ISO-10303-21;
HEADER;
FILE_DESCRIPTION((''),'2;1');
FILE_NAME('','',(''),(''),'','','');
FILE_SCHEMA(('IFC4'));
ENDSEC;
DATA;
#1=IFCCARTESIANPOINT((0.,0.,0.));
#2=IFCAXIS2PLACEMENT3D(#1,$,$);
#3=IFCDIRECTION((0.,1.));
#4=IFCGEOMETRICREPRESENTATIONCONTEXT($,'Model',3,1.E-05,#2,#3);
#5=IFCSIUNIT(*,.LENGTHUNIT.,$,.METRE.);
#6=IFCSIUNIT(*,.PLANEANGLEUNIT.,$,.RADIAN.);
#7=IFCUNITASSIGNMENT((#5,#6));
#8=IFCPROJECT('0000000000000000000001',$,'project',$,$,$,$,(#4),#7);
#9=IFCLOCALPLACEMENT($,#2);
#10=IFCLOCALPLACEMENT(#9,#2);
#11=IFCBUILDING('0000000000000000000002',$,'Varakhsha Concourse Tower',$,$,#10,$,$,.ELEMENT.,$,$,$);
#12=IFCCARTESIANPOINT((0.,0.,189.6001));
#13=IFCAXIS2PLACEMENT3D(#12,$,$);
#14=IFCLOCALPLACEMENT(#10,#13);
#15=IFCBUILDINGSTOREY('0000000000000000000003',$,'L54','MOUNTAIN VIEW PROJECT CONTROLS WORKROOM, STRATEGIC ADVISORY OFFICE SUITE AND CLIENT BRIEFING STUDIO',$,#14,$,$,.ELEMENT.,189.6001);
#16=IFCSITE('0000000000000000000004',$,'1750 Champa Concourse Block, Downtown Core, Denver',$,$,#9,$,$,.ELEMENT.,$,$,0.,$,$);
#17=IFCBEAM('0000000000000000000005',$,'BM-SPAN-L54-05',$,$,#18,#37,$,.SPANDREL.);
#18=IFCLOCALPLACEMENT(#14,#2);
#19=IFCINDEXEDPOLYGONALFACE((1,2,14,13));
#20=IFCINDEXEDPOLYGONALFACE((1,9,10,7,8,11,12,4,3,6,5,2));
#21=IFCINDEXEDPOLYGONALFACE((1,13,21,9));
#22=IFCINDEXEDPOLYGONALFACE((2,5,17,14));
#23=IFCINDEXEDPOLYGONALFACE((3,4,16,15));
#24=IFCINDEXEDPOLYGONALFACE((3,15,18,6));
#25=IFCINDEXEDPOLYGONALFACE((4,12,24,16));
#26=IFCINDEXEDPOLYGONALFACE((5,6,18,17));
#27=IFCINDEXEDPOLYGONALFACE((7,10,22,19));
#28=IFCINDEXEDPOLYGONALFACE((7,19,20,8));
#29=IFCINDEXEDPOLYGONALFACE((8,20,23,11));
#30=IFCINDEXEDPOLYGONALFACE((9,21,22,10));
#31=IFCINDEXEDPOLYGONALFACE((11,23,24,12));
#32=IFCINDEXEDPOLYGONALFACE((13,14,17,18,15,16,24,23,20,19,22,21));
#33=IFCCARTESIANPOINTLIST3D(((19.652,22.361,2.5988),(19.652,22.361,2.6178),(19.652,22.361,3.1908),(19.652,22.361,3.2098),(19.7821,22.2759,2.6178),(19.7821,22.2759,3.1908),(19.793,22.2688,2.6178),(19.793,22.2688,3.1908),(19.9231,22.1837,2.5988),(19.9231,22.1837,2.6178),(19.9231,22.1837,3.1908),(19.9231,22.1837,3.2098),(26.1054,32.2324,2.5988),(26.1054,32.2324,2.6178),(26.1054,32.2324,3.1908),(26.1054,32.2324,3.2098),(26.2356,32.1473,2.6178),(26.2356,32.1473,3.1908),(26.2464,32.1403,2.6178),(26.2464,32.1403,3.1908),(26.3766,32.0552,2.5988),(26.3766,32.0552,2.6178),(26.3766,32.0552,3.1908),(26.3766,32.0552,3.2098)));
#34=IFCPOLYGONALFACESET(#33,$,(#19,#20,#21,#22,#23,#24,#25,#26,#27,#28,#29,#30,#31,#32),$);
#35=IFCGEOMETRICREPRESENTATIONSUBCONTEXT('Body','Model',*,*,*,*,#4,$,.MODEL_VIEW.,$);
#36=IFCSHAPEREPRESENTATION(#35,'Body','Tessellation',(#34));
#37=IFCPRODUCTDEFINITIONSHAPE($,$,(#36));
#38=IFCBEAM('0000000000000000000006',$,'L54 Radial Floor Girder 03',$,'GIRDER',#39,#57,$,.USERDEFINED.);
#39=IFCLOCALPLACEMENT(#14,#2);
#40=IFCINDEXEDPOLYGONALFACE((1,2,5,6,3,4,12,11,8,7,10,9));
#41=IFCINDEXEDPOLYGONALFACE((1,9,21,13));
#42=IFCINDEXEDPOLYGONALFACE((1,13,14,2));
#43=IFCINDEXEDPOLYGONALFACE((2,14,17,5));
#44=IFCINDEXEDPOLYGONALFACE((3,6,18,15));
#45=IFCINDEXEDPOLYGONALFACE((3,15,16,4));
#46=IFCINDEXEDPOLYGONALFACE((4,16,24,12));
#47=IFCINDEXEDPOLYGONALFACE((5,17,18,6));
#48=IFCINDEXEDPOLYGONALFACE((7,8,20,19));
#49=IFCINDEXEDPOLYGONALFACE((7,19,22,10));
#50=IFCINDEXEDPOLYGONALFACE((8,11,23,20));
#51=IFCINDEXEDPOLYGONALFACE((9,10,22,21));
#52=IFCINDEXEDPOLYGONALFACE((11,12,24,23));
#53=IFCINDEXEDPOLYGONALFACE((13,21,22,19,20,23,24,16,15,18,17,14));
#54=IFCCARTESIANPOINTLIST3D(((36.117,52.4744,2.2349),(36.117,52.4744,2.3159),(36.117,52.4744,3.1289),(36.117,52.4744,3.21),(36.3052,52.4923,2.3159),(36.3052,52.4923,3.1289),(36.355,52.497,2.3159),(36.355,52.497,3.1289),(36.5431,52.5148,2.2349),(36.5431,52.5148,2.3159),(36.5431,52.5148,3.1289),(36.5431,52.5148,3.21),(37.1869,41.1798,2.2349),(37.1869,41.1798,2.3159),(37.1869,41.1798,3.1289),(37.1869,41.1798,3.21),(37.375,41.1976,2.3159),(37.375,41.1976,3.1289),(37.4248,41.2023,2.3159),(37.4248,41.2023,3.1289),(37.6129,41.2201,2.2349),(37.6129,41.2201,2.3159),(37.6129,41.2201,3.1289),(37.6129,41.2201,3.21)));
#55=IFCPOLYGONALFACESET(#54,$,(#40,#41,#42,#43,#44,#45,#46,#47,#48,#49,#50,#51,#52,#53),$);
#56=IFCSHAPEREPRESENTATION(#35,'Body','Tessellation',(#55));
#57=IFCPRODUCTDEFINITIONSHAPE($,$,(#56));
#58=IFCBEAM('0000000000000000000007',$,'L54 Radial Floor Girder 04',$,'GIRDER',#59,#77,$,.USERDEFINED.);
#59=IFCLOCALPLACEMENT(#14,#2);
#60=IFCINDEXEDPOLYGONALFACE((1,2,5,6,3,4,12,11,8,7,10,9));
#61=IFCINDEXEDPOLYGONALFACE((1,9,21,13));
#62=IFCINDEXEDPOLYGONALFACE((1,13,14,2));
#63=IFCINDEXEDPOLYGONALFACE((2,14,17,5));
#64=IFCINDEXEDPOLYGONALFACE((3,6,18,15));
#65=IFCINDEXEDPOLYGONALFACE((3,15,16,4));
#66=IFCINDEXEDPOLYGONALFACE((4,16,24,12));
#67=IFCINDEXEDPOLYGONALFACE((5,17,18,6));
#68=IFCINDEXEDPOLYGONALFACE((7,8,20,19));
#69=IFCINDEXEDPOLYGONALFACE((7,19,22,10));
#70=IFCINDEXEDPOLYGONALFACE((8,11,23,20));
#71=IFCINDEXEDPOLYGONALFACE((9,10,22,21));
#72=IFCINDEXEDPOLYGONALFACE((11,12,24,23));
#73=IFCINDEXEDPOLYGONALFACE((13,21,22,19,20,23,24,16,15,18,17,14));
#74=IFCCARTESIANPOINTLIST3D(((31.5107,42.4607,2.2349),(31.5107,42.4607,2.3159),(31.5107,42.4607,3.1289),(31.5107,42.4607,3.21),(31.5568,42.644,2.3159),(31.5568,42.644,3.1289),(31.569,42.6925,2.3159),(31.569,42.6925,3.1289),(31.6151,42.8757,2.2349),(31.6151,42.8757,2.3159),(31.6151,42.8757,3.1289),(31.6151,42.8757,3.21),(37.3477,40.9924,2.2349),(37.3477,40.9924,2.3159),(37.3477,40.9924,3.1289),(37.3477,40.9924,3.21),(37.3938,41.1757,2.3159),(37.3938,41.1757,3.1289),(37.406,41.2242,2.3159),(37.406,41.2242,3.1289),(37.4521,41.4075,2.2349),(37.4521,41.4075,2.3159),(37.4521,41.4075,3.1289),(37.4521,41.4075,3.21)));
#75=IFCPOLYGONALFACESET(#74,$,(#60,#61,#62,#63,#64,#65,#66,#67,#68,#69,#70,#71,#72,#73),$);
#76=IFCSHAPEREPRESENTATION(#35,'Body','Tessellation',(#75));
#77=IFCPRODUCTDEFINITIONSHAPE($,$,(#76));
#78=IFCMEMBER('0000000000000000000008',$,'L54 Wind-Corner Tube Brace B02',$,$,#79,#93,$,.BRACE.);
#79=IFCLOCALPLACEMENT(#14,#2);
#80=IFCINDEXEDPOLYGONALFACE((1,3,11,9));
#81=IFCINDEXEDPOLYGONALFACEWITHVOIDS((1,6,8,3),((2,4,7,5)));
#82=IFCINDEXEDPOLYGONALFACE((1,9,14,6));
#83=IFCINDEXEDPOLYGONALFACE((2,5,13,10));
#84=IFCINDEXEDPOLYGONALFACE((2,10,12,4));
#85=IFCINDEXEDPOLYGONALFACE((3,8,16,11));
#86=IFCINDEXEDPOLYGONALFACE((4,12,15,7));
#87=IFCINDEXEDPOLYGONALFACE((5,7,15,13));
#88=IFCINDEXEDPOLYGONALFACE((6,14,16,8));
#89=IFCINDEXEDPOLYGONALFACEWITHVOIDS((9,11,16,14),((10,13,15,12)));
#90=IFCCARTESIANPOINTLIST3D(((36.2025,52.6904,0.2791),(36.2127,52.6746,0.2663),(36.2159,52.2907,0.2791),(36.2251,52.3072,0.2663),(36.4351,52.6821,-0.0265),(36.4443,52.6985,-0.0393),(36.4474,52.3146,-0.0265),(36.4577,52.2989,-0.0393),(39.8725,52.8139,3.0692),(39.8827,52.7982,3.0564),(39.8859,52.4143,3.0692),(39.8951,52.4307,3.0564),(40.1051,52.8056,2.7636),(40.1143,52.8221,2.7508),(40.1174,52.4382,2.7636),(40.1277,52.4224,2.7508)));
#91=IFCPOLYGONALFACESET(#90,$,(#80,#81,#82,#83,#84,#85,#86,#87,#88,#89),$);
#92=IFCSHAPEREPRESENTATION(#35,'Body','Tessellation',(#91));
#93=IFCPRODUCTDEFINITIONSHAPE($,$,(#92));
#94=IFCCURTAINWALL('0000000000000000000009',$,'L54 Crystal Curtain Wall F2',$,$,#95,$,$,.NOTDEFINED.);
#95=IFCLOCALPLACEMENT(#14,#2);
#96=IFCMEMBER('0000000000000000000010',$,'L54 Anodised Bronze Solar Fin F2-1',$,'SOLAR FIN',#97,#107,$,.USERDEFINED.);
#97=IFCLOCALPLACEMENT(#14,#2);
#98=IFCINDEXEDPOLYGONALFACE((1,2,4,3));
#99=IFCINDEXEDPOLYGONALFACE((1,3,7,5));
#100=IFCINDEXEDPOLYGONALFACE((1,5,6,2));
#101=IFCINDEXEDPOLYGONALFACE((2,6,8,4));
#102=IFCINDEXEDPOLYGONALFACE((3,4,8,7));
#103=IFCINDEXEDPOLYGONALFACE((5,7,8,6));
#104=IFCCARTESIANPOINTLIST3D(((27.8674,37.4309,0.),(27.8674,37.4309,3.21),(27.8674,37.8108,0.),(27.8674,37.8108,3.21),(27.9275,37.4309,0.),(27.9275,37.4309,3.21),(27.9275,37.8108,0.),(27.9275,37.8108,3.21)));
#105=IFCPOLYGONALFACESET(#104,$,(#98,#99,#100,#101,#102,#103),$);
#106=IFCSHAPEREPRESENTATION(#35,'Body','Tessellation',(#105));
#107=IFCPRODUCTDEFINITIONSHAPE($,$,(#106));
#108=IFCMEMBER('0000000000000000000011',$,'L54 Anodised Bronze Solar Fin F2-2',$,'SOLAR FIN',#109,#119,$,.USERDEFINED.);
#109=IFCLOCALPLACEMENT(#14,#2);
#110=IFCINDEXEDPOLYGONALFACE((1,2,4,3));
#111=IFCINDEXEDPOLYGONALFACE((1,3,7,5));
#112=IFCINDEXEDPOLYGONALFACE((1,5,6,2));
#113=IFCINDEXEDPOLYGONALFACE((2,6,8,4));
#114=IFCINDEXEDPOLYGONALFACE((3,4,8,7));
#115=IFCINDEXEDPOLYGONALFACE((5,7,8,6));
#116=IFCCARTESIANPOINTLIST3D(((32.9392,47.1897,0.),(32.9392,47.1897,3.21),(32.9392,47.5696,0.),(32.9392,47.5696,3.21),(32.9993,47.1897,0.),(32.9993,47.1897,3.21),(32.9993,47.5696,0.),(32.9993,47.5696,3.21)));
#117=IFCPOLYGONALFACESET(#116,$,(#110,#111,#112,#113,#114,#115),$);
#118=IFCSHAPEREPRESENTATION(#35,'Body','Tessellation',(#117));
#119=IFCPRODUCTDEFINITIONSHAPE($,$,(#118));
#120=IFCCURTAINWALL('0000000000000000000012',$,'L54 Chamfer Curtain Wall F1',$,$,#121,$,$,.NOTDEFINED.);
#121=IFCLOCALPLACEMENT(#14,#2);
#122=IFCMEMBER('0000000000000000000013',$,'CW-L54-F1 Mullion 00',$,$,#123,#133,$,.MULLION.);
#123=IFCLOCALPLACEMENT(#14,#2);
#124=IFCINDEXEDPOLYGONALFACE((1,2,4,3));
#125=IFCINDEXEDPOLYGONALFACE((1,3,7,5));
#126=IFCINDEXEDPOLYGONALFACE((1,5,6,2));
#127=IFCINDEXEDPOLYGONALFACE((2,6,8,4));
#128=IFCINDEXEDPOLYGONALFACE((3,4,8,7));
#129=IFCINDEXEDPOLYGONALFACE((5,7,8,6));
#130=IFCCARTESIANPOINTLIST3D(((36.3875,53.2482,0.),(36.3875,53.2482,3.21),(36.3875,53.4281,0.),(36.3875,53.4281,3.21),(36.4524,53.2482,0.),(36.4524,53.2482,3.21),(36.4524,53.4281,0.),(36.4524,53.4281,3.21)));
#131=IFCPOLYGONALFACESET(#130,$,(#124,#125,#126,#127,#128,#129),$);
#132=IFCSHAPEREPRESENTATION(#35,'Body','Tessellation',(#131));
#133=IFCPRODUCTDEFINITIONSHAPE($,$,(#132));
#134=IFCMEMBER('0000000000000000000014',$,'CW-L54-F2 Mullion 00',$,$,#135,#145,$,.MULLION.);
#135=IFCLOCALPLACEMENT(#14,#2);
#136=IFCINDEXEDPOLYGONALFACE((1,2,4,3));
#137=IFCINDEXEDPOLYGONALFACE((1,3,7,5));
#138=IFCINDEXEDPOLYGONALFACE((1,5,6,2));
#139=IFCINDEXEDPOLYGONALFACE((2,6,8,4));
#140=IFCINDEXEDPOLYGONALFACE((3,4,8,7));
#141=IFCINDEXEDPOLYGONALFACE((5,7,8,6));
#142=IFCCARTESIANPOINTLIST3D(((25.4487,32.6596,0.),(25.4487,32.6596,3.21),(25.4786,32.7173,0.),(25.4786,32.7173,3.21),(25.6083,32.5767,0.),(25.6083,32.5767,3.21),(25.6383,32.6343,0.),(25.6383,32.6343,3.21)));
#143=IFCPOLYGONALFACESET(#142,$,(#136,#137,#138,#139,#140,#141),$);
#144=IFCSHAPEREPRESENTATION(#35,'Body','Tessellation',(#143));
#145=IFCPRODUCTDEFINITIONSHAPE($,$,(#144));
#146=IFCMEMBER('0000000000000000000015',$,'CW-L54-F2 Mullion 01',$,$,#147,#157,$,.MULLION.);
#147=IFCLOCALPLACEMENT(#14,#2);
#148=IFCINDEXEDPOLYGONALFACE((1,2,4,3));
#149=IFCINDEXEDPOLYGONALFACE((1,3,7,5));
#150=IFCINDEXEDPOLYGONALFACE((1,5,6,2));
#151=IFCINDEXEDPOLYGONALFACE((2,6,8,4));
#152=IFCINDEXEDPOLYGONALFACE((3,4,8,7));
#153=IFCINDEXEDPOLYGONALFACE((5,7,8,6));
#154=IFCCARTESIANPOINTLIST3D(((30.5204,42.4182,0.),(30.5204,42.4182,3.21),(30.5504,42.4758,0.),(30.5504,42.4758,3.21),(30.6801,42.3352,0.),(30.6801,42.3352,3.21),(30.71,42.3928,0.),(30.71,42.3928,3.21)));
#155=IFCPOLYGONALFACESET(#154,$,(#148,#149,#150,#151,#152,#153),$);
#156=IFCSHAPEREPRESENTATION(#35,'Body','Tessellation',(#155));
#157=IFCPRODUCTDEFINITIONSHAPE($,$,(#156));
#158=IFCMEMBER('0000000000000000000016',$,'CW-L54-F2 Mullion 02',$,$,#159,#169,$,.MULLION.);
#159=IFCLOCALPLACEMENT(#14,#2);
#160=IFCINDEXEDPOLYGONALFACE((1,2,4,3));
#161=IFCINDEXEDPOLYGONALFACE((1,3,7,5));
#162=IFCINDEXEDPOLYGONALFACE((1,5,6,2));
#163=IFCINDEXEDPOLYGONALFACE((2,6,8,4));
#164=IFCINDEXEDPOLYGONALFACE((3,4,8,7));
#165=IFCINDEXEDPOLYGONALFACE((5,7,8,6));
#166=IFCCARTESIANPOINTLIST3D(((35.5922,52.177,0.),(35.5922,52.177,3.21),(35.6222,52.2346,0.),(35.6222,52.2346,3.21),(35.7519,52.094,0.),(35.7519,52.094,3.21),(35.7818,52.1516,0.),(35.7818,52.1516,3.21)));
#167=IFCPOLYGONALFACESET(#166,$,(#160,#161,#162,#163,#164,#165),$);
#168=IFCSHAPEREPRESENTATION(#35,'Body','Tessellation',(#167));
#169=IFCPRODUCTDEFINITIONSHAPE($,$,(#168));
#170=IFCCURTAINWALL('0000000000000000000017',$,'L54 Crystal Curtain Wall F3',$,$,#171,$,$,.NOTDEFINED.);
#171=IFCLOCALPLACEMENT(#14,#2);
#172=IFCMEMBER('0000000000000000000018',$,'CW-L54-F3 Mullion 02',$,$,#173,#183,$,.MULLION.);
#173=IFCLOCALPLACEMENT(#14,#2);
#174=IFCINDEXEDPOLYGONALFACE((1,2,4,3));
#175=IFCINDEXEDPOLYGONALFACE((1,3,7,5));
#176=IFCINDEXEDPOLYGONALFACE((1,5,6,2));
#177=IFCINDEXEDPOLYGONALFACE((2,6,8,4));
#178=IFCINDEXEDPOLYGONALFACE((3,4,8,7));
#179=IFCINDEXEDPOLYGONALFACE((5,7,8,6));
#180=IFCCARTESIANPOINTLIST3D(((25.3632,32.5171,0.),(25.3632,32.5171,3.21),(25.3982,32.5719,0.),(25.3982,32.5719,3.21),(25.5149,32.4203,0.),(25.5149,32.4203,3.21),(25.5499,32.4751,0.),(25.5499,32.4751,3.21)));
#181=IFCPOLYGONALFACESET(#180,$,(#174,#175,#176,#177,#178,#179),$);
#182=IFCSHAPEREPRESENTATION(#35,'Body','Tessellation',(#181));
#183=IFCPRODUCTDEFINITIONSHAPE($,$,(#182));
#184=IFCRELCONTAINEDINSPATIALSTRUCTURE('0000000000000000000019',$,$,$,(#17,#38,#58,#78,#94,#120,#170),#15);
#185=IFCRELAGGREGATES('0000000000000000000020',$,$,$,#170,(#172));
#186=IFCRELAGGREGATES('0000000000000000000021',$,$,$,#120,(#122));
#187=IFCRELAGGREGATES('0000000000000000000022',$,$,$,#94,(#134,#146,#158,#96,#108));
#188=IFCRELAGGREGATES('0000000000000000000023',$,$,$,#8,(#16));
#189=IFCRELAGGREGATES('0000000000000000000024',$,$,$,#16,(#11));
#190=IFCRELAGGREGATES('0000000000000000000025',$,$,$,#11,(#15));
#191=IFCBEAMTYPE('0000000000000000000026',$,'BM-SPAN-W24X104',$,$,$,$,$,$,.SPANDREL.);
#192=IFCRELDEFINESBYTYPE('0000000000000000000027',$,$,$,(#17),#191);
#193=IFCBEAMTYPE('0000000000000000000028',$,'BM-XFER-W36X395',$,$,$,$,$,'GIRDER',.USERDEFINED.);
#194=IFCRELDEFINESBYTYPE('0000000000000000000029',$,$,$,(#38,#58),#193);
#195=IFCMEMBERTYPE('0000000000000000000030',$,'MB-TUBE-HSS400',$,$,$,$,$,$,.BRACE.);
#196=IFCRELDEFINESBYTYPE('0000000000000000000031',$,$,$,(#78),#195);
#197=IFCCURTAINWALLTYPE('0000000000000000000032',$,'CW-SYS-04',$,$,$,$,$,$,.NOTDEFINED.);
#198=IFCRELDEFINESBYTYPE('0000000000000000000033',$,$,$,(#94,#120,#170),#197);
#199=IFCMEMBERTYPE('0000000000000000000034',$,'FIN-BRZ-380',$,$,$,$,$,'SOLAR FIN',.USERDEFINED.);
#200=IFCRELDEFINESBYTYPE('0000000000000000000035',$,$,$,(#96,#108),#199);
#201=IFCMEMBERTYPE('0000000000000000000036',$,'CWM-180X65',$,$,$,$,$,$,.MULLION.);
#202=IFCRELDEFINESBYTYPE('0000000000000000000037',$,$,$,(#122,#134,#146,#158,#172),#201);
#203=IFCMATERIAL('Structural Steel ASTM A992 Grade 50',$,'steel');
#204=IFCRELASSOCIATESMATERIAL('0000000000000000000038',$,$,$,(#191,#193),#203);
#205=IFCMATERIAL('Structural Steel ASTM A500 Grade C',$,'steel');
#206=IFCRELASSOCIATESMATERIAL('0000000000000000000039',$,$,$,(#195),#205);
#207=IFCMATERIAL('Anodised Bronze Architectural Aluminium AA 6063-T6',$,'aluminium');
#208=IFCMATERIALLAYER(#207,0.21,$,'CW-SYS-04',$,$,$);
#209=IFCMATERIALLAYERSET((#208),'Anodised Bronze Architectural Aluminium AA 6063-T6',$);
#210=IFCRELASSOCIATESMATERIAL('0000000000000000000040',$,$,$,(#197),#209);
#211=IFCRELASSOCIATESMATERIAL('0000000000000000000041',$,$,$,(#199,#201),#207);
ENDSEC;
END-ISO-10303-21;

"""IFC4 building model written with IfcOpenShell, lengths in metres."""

from ifc_helpers import new_model, si_unit, direction, frame, origin, origin_2d, place, context, subcontext, project, spatial, rectangle, hollow_rectangle, i_section, extrude, source, transform, mapped, material, layer, layer_set, material_profile, profile_set, type_object, type_shapes, element, aggregate, save


model = new_model("IFC4")

# Units and contexts
model_context = context("Model", 3, precision=1e-05, world=origin(), true_north=direction((0.0, 1.0)))
body_context = subcontext(model_context, "Body", "Model", "MODEL_VIEW")
ifc_project = project(units=[si_unit("LENGTHUNIT", "METRE"), si_unit("PLANEANGLEUNIT", "RADIAN")], contexts=[model_context])

# Site, building, storey
site_placement = place(None, origin())
site = spatial("IfcSite", under=ifc_project, at=site_placement, Name="1750 Champa Concourse Block, Downtown Core, Denver", CompositionType="ELEMENT", RefElevation=0.0)
building_placement = place(site_placement, origin())
building = spatial("IfcBuilding", under=site, at=building_placement, Name="Varakhsha Concourse Tower", CompositionType="ELEMENT")
storey_placement = place(building_placement, frame((0.0, 0.0, 189.6001)))
storey = spatial("IfcBuildingStorey", under=building, at=storey_placement, Name="L54", Description="MOUNTAIN VIEW PROJECT CONTROLS WORKROOM, STRATEGIC ADVISORY OFFICE SUITE AND CLIENT BRIEFING STUDIO", CompositionType="ELEMENT", Elevation=189.6001)

# Shared definitions
ifc_material_1 = material(Name="Structural Steel ASTM A992 Grade 50", Category="steel")

# Beams
ifc_material_profile_1 = material_profile(ifc_material_1, i_section(OverallWidth=0.324, OverallDepth=0.6111, WebThickness=0.0129, FlangeThickness=0.019, at=origin_2d()), Name="W24X104")
ifc_profile_set_1 = profile_set([ifc_material_profile_1], Name="Structural Steel ASTM A992 Grade 50")
beam_type_1 = type_object("IfcBeamType", Name="BM-SPAN-W24X104", PredefinedType="SPANDREL", material=ifc_profile_set_1)
beam_1_placement = place(storey_placement, frame((26.241, 32.1438, 2.9043), z_axis=(-0.547192, -0.837007, 0.0), x_axis=(0.837007, -0.547192, 0.0)))
element("IfcBeam", 1, at=beam_1_placement, inside=storey, type_object=beam_type_1, Name="BM-SPAN-L54-05", PredefinedType="SPANDREL", context=body_context, shape_type="SweptSolid", body=[
    extrude(i_section(OverallWidth=0.324, OverallDepth=0.6111, WebThickness=0.0129, FlangeThickness=0.019, at=origin_2d()), origin(), (0.0, 0.0, 1.0), 11.7937),
])
ifc_material_profile_2 = material_profile(ifc_material_1, i_section(OverallWidth=0.428, OverallDepth=0.9751, WebThickness=0.05, FlangeThickness=0.0811, at=origin_2d()), Name="W36X395")
ifc_profile_set_2 = profile_set([ifc_material_profile_2], Name="Structural Steel ASTM A992 Grade 50")
beam_type_2 = type_object("IfcBeamType", Name="BM-XFER-W36X395", ElementType="GIRDER", PredefinedType="USERDEFINED", material=ifc_profile_set_2)
beam_2_placement = place(storey_placement, frame((37.3999, 41.2, 2.7224), z_axis=(-0.094297, 0.995544, 0.0), x_axis=(-0.995544, -0.094297, 0.0)))
element("IfcBeam", 2, at=beam_2_placement, inside=storey, type_object=beam_type_2, Name="L54 Radial Floor Girder 03", ObjectType="GIRDER", PredefinedType="USERDEFINED", context=body_context, shape_type="SweptSolid", body=[
    extrude(i_section(OverallWidth=0.428, OverallDepth=0.9751, WebThickness=0.05, FlangeThickness=0.0811, at=origin_2d()), origin(), (0.0, 0.0, 1.0), 11.3452),
])
beam_3_placement = place(storey_placement, frame((37.3999, 41.2, 2.7224), z_axis=(-0.969788, 0.243948, 0.0), x_axis=(-0.243948, -0.969788, 0.0)))
element("IfcBeam", 3, at=beam_3_placement, inside=storey, type_object=beam_type_2, Name="L54 Radial Floor Girder 04", ObjectType="GIRDER", PredefinedType="USERDEFINED", context=body_context, shape_type="SweptSolid", body=[
    extrude(i_section(OverallWidth=0.428, OverallDepth=0.9751, WebThickness=0.05, FlangeThickness=0.0811, at=origin_2d()), origin(), (0.0, 0.0, 1.0), 6.0188),
])

# Member
ifc_material_2 = material(Name="Structural Steel ASTM A500 Grade C", Category="steel")
ifc_material_profile_3 = material_profile(ifc_material_2, hollow_rectangle(XDim=0.3999, YDim=0.3999, WallThickness=0.0161, at=origin_2d()), Name="HSS 400x400x16")
ifc_profile_set_3 = profile_set([ifc_material_profile_3], Name="Structural Steel ASTM A500 Grade C")
member_type_1 = type_object("IfcMemberType", Name="MB-TUBE-HSS400", PredefinedType="BRACE", material=ifc_profile_set_3)
shared_shape_1 = source(origin(), body_context, "Body", "SweptSolid", [
    extrude(hollow_rectangle(XDim=0.3999, YDim=0.3999, WallThickness=0.0161, at=origin_2d()), origin(), (0.0, 0.0, 1.0), 4.6118),
])
type_shapes(member_type_1, [shared_shape_1])
member_1_placement = place(storey_placement, frame((36.3301, 52.4946, 0.1199), z_axis=(0.795783, 0.026787, 0.60499), x_axis=(-0.033642, 0.999434, 0.0)))
element("IfcMember", 4, at=member_1_placement, inside=storey, type_object=member_type_1, Name="L54 Wind-Corner Tube Brace B02", PredefinedType="BRACE", context=body_context, shape_type="MappedRepresentation", body=[
    mapped(shared_shape_1, transform((0.0, 0.0, 0.0), scale=1.0)),
])

# Curtain wall, members
ifc_material_3 = material(Name="Anodised Bronze Architectural Aluminium AA 6063-T6", Category="aluminium")
ifc_layer_1 = layer(ifc_material_3, 0.21, Name="CW-SYS-04")
ifc_layer_set_1 = layer_set([ifc_layer_1], Name="Anodised Bronze Architectural Aluminium AA 6063-T6")
curtain_wall_type = type_object("IfcCurtainWallType", Name="CW-SYS-04", PredefinedType="NOTDEFINED", material=ifc_layer_set_1)
curtain_wall_1_placement = place(storey_placement, origin())
curtain_wall_1 = element("IfcCurtainWall", 5, at=curtain_wall_1_placement, inside=storey, type_object=curtain_wall_type, Name="L54 Crystal Curtain Wall F2", PredefinedType="NOTDEFINED")
ifc_material_profile_4 = material_profile(ifc_material_3, rectangle(XDim=0.0601, YDim=0.3799, at=origin_2d()), Name="FIN-BRZ-380")
ifc_profile_set_4 = profile_set([ifc_material_profile_4], Name="Anodised Bronze Architectural Aluminium AA 6063-T6")
member_type_2 = type_object("IfcMemberType", Name="FIN-BRZ-380", ElementType="SOLAR FIN", PredefinedType="USERDEFINED", material=ifc_profile_set_4)
shared_shape_2 = source(origin(), body_context, "Body", "SweptSolid", [
    extrude(rectangle(XDim=0.0601, YDim=0.3799, at=origin_2d()), origin(), (0.0, 0.0, 1.0), 3.21),
])
type_shapes(member_type_2, [shared_shape_2])
member_2_placement = place(storey_placement, frame((27.8975, 37.6208, 0.0), z_axis=(0.0, 0.0, 1.0), x_axis=(1.0, 0.0, 0.0)))
member_2 = element("IfcMember", 6, at=member_2_placement, type_object=member_type_2, Name="L54 Anodised Bronze Solar Fin F2-1", ObjectType="SOLAR FIN", PredefinedType="USERDEFINED", context=body_context, shape_type="MappedRepresentation", body=[
    mapped(shared_shape_2, transform((0.0, 0.0, 0.0), scale=1.0)),
])
member_3_placement = place(storey_placement, frame((32.9692, 47.3796, 0.0), z_axis=(0.0, 0.0, 1.0), x_axis=(1.0, 0.0, 0.0)))
member_3 = element("IfcMember", 7, at=member_3_placement, type_object=member_type_2, Name="L54 Anodised Bronze Solar Fin F2-2", ObjectType="SOLAR FIN", PredefinedType="USERDEFINED", context=body_context, shape_type="MappedRepresentation", body=[
    mapped(shared_shape_2, transform((0.0, 0.0, 0.0), scale=1.0)),
])

# Curtain wall, member
curtain_wall_2_placement = place(storey_placement, origin())
curtain_wall_2 = element("IfcCurtainWall", 8, at=curtain_wall_2_placement, inside=storey, type_object=curtain_wall_type, Name="L54 Chamfer Curtain Wall F1", PredefinedType="NOTDEFINED")
ifc_material_profile_5 = material_profile(ifc_material_3, rectangle(XDim=0.0649, YDim=0.1799, at=origin_2d()), Name="CWM-180X65")
ifc_profile_set_5 = profile_set([ifc_material_profile_5], Name="Anodised Bronze Architectural Aluminium AA 6063-T6")
member_type_3 = type_object("IfcMemberType", Name="CWM-180X65", PredefinedType="MULLION", material=ifc_profile_set_5)
shared_shape_3 = source(origin(), body_context, "Body", "SweptSolid", [
    extrude(rectangle(XDim=0.0649, YDim=0.1799, at=origin_2d()), origin(), (0.0, 0.0, 1.0), 3.21),
])
type_shapes(member_type_3, [shared_shape_3])
member_4_placement = place(storey_placement, frame((36.4199, 53.3381, 0.0), z_axis=(0.0, 0.0, 1.0), x_axis=(1.0, 0.0, 0.0)))
member_4 = element("IfcMember", 9, at=member_4_placement, type_object=member_type_3, Name="CW-L54-F1 Mullion 00", PredefinedType="MULLION", context=body_context, shape_type="MappedRepresentation", body=[
    mapped(shared_shape_3, transform((0.0, 0.0, 0.0), scale=1.0)),
])

# Members
member_5_placement = place(storey_placement, frame((25.5435, 32.647, 0.0), z_axis=(0.0, 0.0, 1.0), x_axis=(0.461156, 0.887319, 0.0)))
member_5 = element("IfcMember", 10, at=member_5_placement, type_object=member_type_3, Name="CW-L54-F2 Mullion 00", PredefinedType="MULLION", context=body_context, shape_type="MappedRepresentation", body=[
    mapped(shared_shape_3, transform((0.0, 0.0, 0.0), scale=1.0)),
])
member_6_placement = place(storey_placement, frame((30.6152, 42.4055, 0.0), z_axis=(0.0, 0.0, 1.0), x_axis=(0.461156, 0.887319, 0.0)))
member_6 = element("IfcMember", 11, at=member_6_placement, type_object=member_type_3, Name="CW-L54-F2 Mullion 01", PredefinedType="MULLION", context=body_context, shape_type="MappedRepresentation", body=[
    mapped(shared_shape_3, transform((0.0, 0.0, 0.0), scale=1.0)),
])
member_7_placement = place(storey_placement, frame((35.687, 52.1643, 0.0), z_axis=(0.0, 0.0, 1.0), x_axis=(0.461156, 0.887319, 0.0)))
member_7 = element("IfcMember", 12, at=member_7_placement, type_object=member_type_3, Name="CW-L54-F2 Mullion 02", PredefinedType="MULLION", context=body_context, shape_type="MappedRepresentation", body=[
    mapped(shared_shape_3, transform((0.0, 0.0, 0.0), scale=1.0)),
])

# Curtain wall, member
curtain_wall_3_placement = place(storey_placement, origin())
curtain_wall_3 = element("IfcCurtainWall", 13, at=curtain_wall_3_placement, inside=storey, type_object=curtain_wall_type, Name="L54 Crystal Curtain Wall F3", PredefinedType="NOTDEFINED")
member_8_placement = place(storey_placement, frame((25.4565, 32.4961, 0.0), z_axis=(0.0, 0.0, 1.0), x_axis=(0.537863, 0.843032, 0.0)))
member_8 = element("IfcMember", 14, at=member_8_placement, type_object=member_type_3, Name="CW-L54-F3 Mullion 02", PredefinedType="MULLION", context=body_context, shape_type="MappedRepresentation", body=[
    mapped(shared_shape_3, transform((0.0, 0.0, 0.0), scale=1.0)),
])
aggregate(curtain_wall_3, [member_8])

aggregate(curtain_wall_2, [member_4])

aggregate(curtain_wall_1, [member_5, member_6, member_7, member_2, member_3])

save(model, "model.ifc")
